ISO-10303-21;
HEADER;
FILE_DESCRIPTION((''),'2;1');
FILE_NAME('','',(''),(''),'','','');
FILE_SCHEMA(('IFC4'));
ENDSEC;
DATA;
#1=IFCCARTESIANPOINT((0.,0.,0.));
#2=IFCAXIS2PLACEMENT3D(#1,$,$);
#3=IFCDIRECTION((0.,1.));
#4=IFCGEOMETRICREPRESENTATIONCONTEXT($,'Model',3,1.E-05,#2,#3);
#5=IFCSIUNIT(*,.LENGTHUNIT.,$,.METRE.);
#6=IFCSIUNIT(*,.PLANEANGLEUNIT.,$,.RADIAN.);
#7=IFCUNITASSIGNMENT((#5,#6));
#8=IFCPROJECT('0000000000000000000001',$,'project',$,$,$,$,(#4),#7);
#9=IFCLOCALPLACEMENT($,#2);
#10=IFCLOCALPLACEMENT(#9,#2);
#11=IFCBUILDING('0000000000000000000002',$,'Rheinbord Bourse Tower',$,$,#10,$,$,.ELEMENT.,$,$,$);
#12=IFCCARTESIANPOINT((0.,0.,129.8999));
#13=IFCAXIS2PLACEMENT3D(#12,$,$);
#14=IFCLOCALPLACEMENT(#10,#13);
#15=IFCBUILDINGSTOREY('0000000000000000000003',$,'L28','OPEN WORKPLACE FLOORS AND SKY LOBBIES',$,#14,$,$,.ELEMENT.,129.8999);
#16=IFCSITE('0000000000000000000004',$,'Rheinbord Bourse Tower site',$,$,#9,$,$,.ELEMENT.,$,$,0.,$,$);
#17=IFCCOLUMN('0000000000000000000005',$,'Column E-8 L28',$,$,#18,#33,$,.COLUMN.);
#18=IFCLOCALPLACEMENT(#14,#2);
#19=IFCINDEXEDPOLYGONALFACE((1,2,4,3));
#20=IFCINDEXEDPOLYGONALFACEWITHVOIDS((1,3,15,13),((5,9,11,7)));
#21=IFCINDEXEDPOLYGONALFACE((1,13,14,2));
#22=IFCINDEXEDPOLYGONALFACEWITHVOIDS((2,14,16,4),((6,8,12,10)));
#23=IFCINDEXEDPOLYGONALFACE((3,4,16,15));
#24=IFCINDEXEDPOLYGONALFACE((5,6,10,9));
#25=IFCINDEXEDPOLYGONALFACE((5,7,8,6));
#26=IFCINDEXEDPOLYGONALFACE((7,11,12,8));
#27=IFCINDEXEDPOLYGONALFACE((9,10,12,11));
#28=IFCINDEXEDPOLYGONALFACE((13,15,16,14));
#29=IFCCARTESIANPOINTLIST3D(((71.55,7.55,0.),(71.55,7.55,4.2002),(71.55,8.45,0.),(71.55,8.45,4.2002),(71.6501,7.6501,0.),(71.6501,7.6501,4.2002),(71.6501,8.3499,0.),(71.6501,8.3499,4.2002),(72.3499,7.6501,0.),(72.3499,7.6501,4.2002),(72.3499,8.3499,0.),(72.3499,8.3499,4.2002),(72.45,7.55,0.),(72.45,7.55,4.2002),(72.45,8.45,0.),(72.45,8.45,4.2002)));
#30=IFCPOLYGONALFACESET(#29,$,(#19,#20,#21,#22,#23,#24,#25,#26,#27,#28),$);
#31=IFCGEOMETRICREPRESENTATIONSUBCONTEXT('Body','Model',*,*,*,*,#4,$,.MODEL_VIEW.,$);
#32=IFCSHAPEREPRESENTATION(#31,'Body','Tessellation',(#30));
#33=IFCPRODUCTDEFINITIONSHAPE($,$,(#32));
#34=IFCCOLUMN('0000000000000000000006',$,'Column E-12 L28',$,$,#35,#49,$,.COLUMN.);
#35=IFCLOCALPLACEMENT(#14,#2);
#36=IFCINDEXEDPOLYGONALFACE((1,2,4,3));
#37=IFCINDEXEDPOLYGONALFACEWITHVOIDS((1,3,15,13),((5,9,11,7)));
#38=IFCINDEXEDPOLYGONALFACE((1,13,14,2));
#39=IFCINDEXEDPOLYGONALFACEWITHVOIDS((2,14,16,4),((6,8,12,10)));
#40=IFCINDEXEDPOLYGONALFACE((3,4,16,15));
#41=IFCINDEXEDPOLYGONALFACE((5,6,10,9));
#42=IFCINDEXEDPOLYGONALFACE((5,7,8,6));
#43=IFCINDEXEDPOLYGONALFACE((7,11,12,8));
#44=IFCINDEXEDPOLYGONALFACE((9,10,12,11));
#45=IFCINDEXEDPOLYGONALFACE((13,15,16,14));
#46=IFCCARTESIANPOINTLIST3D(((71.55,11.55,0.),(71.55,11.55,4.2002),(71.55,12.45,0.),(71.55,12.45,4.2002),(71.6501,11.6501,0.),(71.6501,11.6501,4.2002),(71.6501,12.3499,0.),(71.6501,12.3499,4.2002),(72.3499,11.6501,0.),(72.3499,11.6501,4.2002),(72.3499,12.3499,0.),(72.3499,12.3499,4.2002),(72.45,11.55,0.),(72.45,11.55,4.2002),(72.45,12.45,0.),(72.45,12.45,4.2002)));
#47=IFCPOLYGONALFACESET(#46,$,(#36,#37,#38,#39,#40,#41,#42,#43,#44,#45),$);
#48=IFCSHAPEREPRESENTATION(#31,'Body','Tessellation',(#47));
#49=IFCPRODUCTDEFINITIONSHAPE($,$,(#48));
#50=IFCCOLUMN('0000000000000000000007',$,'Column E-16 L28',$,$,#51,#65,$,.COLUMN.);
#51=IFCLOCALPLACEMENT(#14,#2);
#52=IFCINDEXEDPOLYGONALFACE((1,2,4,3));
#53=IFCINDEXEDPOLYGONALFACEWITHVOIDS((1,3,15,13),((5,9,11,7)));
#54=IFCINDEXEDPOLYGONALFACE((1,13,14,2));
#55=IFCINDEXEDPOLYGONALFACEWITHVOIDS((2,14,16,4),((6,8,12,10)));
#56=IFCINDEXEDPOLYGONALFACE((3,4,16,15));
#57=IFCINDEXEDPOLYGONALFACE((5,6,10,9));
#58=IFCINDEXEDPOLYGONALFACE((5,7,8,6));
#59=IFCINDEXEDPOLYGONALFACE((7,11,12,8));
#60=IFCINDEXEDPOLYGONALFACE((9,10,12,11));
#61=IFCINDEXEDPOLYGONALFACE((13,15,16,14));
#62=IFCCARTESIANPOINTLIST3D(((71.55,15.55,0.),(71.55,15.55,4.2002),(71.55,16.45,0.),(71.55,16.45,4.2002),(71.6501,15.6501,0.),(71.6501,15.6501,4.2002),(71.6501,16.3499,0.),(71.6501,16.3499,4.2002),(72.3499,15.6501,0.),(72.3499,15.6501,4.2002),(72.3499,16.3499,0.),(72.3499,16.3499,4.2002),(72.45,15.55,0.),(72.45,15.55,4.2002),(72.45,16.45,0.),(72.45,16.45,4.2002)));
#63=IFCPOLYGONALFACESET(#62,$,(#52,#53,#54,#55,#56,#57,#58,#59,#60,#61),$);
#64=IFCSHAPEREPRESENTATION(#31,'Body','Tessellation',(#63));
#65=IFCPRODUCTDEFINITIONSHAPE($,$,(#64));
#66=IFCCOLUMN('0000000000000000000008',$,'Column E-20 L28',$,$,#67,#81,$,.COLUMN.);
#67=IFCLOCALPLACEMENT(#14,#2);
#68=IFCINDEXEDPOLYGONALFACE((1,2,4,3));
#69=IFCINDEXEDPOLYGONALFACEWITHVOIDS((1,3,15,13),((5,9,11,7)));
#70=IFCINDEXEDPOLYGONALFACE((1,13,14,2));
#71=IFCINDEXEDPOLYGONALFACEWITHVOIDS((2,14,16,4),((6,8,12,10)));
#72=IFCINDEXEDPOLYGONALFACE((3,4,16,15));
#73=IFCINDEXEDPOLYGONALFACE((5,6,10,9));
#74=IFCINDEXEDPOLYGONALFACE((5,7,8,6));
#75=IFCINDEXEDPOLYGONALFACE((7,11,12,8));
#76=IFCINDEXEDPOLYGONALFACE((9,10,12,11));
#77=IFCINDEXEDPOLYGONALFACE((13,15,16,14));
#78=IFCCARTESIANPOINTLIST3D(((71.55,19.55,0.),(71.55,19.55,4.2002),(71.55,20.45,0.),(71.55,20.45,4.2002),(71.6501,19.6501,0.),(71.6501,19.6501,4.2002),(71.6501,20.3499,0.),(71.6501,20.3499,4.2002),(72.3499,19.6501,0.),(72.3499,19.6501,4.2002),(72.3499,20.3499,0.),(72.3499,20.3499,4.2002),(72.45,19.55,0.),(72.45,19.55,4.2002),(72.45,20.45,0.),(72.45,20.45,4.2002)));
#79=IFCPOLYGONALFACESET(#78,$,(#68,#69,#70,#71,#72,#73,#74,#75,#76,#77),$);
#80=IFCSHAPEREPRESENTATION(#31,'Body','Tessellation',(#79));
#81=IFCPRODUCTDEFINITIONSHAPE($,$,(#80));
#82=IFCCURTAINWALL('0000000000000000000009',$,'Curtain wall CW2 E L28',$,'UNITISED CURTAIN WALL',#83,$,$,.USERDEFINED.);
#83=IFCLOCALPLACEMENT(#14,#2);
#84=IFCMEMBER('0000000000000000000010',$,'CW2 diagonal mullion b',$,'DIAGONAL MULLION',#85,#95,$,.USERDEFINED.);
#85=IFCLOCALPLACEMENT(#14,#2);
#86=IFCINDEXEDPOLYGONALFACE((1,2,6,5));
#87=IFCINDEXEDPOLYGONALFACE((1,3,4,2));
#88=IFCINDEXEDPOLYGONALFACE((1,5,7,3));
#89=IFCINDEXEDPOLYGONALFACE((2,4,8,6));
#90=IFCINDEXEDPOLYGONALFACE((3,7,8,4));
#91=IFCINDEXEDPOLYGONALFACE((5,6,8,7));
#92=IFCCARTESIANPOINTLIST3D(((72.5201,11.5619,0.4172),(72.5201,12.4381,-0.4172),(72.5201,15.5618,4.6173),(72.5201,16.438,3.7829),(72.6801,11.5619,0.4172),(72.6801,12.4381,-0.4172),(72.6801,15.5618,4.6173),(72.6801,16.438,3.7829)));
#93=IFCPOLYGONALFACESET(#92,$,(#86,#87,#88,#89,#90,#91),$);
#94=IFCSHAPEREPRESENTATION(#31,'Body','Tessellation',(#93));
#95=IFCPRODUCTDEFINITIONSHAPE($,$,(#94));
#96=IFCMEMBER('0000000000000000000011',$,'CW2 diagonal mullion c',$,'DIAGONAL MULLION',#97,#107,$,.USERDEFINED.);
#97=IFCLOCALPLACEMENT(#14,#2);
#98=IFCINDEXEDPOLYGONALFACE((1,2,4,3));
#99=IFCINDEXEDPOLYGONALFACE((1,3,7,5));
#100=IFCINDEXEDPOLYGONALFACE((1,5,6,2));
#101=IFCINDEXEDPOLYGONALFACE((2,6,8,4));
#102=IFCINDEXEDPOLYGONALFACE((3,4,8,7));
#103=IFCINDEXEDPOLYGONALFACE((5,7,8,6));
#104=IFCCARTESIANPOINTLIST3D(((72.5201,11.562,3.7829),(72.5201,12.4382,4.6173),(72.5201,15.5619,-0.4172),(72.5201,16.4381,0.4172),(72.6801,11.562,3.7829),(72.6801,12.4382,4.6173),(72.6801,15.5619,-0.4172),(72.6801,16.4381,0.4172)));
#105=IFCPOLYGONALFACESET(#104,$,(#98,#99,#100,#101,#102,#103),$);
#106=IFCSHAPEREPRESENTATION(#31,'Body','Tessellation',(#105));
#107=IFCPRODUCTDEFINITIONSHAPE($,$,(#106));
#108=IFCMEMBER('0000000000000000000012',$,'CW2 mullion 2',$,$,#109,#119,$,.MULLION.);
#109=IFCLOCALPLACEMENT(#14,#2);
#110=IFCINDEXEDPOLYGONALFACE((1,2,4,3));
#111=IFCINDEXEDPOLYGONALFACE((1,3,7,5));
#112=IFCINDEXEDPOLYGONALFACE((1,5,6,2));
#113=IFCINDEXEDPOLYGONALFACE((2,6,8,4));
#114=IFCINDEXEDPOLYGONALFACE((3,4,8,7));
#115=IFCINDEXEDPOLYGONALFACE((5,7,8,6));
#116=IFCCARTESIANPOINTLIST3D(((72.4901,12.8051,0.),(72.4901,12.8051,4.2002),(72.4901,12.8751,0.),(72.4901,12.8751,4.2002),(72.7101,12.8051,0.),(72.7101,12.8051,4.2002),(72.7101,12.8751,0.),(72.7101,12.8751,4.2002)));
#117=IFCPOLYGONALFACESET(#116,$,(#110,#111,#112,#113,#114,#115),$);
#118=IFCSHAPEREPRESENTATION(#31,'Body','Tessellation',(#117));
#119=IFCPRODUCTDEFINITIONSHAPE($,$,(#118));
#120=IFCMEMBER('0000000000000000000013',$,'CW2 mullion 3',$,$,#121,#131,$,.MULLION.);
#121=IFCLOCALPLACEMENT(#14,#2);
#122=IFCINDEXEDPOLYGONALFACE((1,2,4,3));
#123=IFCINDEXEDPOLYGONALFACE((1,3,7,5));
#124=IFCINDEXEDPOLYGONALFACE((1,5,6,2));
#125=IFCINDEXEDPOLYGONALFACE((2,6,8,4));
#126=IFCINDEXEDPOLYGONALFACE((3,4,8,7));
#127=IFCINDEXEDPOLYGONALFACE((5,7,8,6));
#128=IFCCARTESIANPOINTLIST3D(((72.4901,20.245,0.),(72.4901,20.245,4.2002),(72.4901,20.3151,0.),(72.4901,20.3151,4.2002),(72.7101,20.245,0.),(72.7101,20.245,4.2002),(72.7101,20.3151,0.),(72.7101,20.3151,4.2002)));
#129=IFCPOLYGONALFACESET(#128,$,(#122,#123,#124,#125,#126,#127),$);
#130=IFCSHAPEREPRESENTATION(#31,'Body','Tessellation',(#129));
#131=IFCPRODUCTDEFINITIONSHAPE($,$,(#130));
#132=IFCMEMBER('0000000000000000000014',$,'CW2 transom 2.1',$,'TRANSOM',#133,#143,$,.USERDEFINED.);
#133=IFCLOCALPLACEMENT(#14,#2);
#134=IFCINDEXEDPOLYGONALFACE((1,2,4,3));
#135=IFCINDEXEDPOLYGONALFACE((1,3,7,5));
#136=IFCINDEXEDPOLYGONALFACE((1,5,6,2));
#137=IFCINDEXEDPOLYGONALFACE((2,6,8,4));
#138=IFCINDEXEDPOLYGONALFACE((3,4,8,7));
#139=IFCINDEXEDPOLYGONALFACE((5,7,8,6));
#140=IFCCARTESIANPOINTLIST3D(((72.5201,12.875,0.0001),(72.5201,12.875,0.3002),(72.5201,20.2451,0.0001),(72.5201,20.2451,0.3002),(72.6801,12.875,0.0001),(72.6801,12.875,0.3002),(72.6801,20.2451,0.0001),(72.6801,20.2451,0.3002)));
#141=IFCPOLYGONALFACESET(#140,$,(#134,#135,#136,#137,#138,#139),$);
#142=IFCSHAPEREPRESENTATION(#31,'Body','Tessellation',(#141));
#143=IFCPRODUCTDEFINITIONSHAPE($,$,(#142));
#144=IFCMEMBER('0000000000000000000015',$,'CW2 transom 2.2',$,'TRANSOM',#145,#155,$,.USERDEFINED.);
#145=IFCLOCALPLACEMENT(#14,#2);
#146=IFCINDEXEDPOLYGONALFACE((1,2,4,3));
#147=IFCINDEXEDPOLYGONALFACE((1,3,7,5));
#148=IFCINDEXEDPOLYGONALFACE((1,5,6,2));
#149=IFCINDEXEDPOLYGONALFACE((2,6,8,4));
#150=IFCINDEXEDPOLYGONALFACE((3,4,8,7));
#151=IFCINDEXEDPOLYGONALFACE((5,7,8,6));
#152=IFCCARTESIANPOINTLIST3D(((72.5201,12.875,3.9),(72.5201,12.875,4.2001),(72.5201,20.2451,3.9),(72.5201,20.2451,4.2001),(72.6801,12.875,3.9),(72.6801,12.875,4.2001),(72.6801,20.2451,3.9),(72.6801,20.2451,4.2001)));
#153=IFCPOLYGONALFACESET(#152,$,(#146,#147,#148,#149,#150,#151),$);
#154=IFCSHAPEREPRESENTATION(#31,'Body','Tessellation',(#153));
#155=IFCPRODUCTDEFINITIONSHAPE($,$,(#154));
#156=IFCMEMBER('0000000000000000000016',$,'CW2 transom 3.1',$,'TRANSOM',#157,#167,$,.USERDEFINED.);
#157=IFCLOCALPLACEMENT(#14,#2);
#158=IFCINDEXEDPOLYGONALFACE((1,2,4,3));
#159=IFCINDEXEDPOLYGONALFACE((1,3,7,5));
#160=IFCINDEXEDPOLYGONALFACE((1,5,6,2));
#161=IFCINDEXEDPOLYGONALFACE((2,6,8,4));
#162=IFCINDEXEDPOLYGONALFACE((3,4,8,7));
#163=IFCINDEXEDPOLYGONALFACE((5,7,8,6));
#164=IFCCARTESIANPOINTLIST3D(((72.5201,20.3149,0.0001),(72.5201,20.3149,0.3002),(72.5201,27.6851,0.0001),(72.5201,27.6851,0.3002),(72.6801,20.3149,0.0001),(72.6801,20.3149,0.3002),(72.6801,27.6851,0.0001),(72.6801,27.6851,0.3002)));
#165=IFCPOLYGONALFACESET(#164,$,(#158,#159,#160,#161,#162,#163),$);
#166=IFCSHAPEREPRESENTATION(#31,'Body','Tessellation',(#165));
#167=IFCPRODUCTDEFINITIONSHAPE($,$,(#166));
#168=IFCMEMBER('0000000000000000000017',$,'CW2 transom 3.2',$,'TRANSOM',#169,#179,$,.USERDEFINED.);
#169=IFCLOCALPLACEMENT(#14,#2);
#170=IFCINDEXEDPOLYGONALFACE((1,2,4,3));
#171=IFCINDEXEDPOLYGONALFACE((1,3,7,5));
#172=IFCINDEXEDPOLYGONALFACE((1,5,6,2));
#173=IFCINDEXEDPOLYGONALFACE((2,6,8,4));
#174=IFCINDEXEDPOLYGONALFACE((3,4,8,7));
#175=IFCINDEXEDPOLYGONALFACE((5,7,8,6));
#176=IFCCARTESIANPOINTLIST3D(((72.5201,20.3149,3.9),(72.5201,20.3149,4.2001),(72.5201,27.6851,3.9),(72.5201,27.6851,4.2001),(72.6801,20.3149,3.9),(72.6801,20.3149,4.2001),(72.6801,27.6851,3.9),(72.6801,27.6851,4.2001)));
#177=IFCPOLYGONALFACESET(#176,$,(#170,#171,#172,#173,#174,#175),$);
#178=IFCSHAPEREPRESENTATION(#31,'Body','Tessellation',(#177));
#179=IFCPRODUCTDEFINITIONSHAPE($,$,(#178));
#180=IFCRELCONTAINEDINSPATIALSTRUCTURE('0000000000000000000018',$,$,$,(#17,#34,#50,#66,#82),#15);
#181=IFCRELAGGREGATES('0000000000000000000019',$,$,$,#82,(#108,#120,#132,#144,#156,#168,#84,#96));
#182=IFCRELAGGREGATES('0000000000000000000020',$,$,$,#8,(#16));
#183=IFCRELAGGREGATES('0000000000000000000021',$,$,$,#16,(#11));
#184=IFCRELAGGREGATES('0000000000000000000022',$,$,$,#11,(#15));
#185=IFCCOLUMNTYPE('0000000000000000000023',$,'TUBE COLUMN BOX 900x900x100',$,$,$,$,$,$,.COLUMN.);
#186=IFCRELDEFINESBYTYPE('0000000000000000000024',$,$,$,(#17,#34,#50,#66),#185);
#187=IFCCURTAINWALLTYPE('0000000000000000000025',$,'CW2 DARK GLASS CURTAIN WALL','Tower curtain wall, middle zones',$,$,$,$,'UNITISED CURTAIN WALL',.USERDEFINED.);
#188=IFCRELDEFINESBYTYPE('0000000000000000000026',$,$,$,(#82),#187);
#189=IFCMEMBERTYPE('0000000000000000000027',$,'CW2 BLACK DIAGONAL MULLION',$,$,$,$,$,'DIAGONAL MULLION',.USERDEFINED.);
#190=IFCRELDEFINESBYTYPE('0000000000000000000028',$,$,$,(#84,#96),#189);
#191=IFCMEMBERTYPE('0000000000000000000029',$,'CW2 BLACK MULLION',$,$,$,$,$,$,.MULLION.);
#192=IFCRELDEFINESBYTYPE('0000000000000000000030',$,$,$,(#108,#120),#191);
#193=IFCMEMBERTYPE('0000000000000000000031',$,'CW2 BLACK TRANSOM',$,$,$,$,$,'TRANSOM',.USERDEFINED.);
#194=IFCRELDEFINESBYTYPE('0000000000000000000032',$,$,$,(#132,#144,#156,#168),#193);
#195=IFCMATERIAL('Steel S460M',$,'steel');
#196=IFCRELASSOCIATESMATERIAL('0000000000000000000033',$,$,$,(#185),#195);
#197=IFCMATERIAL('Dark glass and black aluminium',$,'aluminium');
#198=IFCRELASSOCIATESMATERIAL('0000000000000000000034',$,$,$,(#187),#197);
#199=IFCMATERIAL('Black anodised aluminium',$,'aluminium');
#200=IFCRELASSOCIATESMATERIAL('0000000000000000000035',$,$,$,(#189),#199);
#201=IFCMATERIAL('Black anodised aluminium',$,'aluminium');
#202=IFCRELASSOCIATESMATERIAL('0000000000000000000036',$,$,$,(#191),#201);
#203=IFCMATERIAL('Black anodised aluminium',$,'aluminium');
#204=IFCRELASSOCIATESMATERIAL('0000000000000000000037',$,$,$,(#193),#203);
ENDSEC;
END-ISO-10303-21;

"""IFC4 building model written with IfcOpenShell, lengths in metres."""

from ifc_helpers import new_model, si_unit, direction, frame, origin, origin_2d, place, context, subcontext, project, spatial, rectangle, hollow_rectangle, extrude, material, material_profile, profile_set, type_object, element, aggregate, save


model = new_model("IFC4")

# Units and contexts
model_context = context("Model", 3, precision=1e-05, world=origin(), true_north=direction((0.0, 1.0)))
body_context = subcontext(model_context, "Body", "Model", "MODEL_VIEW")
ifc_project = project(units=[si_unit("LENGTHUNIT", "METRE"), si_unit("PLANEANGLEUNIT", "RADIAN")], contexts=[model_context])

# Site, building, storey
site_placement = place(None, origin())
site = spatial("IfcSite", under=ifc_project, at=site_placement, Name="Rheinbord Bourse Tower site", CompositionType="ELEMENT", RefElevation=0.0)
building_placement = place(site_placement, origin())
building = spatial("IfcBuilding", under=site, at=building_placement, Name="Rheinbord Bourse Tower", CompositionType="ELEMENT")
storey_placement = place(building_placement, frame((0.0, 0.0, 129.8999)))
storey = spatial("IfcBuildingStorey", under=building, at=storey_placement, Name="L28", Description="OPEN WORKPLACE FLOORS AND SKY LOBBIES", CompositionType="ELEMENT", Elevation=129.8999)

# Columns
ifc_material_1 = material(Name="Steel S460M", Category="steel")
ifc_material_profile_1 = material_profile(ifc_material_1, hollow_rectangle(XDim=0.8999, YDim=0.8999, WallThickness=0.1001, at=origin_2d()), Name="BOX 900x900x100")
ifc_profile_set_1 = profile_set([ifc_material_profile_1], Name="Steel S460M")
column_type = type_object("IfcColumnType", Name="TUBE COLUMN BOX 900x900x100", PredefinedType="COLUMN", material=ifc_profile_set_1)
for number, where, z_axis, x_axis, name in (
    (1, (72.0, 8.0, 0.0), (0.0, 0.0, 1.0), (1.0, 0.0, 0.0), "Column E-8 L28"),
    (2, (72.0, 12.0, 0.0), (0.0, 0.0, 1.0), (1.0, 0.0, 0.0), "Column E-12 L28"),
    (3, (72.0, 16.0, 0.0), (0.0, 0.0, 1.0), (1.0, 0.0, 0.0), "Column E-16 L28"),
    (4, (72.0, 20.0, 0.0), (0.0, 0.0, 1.0), (1.0, 0.0, 0.0), "Column E-20 L28"),
):
    element("IfcColumn", number, at=place(storey_placement, frame(where, z_axis=z_axis, x_axis=x_axis)), inside=storey, type_object=column_type, Name=name, PredefinedType="COLUMN", context=body_context, shape_type="SweptSolid", body=[
        extrude(hollow_rectangle(XDim=0.8999, YDim=0.8999, WallThickness=0.1001, at=origin_2d()), origin(), (0.0, 0.0, 1.0), 4.2002),
    ])

# Curtain wall, members
ifc_material_2 = material(Name="Dark glass and black aluminium", Category="aluminium")
curtain_wall_type = type_object("IfcCurtainWallType", Name="CW2 DARK GLASS CURTAIN WALL", Description="Tower curtain wall, middle zones", ElementType="UNITISED CURTAIN WALL", PredefinedType="USERDEFINED", material=ifc_material_2)
curtain_wall_placement = place(storey_placement, origin())
curtain_wall = element("IfcCurtainWall", 5, at=curtain_wall_placement, inside=storey, type_object=curtain_wall_type, Name="Curtain wall CW2 E L28", ObjectType="UNITISED CURTAIN WALL", PredefinedType="USERDEFINED")
ifc_material_3 = material(Name="Black anodised aluminium", Category="aluminium")
ifc_material_profile_2 = material_profile(ifc_material_3, rectangle(XDim=0.1599, YDim=1.21, at=origin_2d()), Name="CW2 DIAGONAL MULLION 1210x160")
ifc_profile_set_2 = profile_set([ifc_material_profile_2], Name="Black anodised aluminium")
member_type_1 = type_object("IfcMemberType", Name="CW2 BLACK DIAGONAL MULLION", ElementType="DIAGONAL MULLION", PredefinedType="USERDEFINED", material=ifc_profile_set_2)
member_1_placement = place(storey_placement, frame((72.6001, 12.0, 0.0), z_axis=(0.0, 0.689638, 0.724154), x_axis=(-1.0, 0.0, 0.0)))
member_1 = element("IfcMember", 6, at=member_1_placement, type_object=member_type_1, Name="CW2 diagonal mullion b", ObjectType="DIAGONAL MULLION", PredefinedType="USERDEFINED", context=body_context, shape_type="SweptSolid", body=[
    extrude(rectangle(XDim=0.1599, YDim=1.21, at=origin_2d()), origin(), (0.0, 0.0, 1.0), 5.8),
])
member_2_placement = place(storey_placement, frame((72.6001, 16.0, 0.0), z_axis=(0.0, -0.689638, 0.724154), x_axis=(1.0, 0.0, 0.0)))
member_2 = element("IfcMember", 7, at=member_2_placement, type_object=member_type_1, Name="CW2 diagonal mullion c", ObjectType="DIAGONAL MULLION", PredefinedType="USERDEFINED", context=body_context, shape_type="SweptSolid", body=[
    extrude(rectangle(XDim=0.1599, YDim=1.21, at=origin_2d()), origin(), (0.0, 0.0, 1.0), 5.8),
])
ifc_material_4 = material(Name="Black anodised aluminium", Category="aluminium")
ifc_material_profile_3 = material_profile(ifc_material_4, rectangle(XDim=0.22, YDim=0.0701, at=origin_2d()), Name="CW2 MULLION 70x220")
ifc_profile_set_3 = profile_set([ifc_material_profile_3], Name="Black anodised aluminium")
member_type_2 = type_object("IfcMemberType", Name="CW2 BLACK MULLION", PredefinedType="MULLION", material=ifc_profile_set_3)
member_3_placement = place(storey_placement, frame((72.6001, 12.8401, 0.0), z_axis=(0.0, 0.0, 1.0), x_axis=(-1.0, 0.0, 0.0)))
member_3 = element("IfcMember", 8, at=member_3_placement, type_object=member_type_2, Name="CW2 mullion 2", PredefinedType="MULLION", context=body_context, shape_type="SweptSolid", body=[
    extrude(rectangle(XDim=0.22, YDim=0.0701, at=origin_2d()), origin(), (0.0, 0.0, 1.0), 4.2002),
])
member_4_placement = place(storey_placement, frame((72.6001, 20.28, 0.0), z_axis=(0.0, 0.0, 1.0), x_axis=(-1.0, 0.0, 0.0)))
member_4 = element("IfcMember", 9, at=member_4_placement, type_object=member_type_2, Name="CW2 mullion 3", PredefinedType="MULLION", context=body_context, shape_type="SweptSolid", body=[
    extrude(rectangle(XDim=0.22, YDim=0.0701, at=origin_2d()), origin(), (0.0, 0.0, 1.0), 4.2002),
])
ifc_material_5 = material(Name="Black anodised aluminium", Category="aluminium")
ifc_material_profile_4 = material_profile(ifc_material_5, rectangle(XDim=0.1599, YDim=0.3, at=origin_2d()), Name="CW2 TRANSOM 300x160")
ifc_profile_set_4 = profile_set([ifc_material_profile_4], Name="Black anodised aluminium")
member_type_3 = type_object("IfcMemberType", Name="CW2 BLACK TRANSOM", ElementType="TRANSOM", PredefinedType="USERDEFINED", material=ifc_profile_set_4)
member_5_placement = place(storey_placement, frame((72.6001, 12.875, 0.1501), z_axis=(0.0, 1.0, 0.0), x_axis=(-1.0, 0.0, 0.0)))
member_5 = element("IfcMember", 10, at=member_5_placement, type_object=member_type_3, Name="CW2 transom 2.1", ObjectType="TRANSOM", PredefinedType="USERDEFINED", context=body_context, shape_type="SweptSolid", body=[
    extrude(rectangle(XDim=0.1599, YDim=0.3, at=origin_2d()), origin(), (0.0, 0.0, 1.0), 7.3701),
])
member_6_placement = place(storey_placement, frame((72.6001, 12.875, 4.05), z_axis=(0.0, 1.0, 0.0), x_axis=(-1.0, 0.0, 0.0)))
member_6 = element("IfcMember", 11, at=member_6_placement, type_object=member_type_3, Name="CW2 transom 2.2", ObjectType="TRANSOM", PredefinedType="USERDEFINED", context=body_context, shape_type="SweptSolid", body=[
    extrude(rectangle(XDim=0.1599, YDim=0.3, at=origin_2d()), origin(), (0.0, 0.0, 1.0), 7.3701),
])
member_7_placement = place(storey_placement, frame((72.6001, 20.3149, 0.1501), z_axis=(0.0, 1.0, 0.0), x_axis=(-1.0, 0.0, 0.0)))
member_7 = element("IfcMember", 12, at=member_7_placement, type_object=member_type_3, Name="CW2 transom 3.1", ObjectType="TRANSOM", PredefinedType="USERDEFINED", context=body_context, shape_type="SweptSolid", body=[
    extrude(rectangle(XDim=0.1599, YDim=0.3, at=origin_2d()), origin(), (0.0, 0.0, 1.0), 7.3701),
])
member_8_placement = place(storey_placement, frame((72.6001, 20.3149, 4.05), z_axis=(0.0, 1.0, 0.0), x_axis=(-1.0, 0.0, 0.0)))
member_8 = element("IfcMember", 13, at=member_8_placement, type_object=member_type_3, Name="CW2 transom 3.2", ObjectType="TRANSOM", PredefinedType="USERDEFINED", context=body_context, shape_type="SweptSolid", body=[
    extrude(rectangle(XDim=0.1599, YDim=0.3, at=origin_2d()), origin(), (0.0, 0.0, 1.0), 7.3701),
])

aggregate(curtain_wall, [member_3, member_4, member_5, member_6, member_7, member_8, member_1, member_2])

save(model, "model.ifc")
